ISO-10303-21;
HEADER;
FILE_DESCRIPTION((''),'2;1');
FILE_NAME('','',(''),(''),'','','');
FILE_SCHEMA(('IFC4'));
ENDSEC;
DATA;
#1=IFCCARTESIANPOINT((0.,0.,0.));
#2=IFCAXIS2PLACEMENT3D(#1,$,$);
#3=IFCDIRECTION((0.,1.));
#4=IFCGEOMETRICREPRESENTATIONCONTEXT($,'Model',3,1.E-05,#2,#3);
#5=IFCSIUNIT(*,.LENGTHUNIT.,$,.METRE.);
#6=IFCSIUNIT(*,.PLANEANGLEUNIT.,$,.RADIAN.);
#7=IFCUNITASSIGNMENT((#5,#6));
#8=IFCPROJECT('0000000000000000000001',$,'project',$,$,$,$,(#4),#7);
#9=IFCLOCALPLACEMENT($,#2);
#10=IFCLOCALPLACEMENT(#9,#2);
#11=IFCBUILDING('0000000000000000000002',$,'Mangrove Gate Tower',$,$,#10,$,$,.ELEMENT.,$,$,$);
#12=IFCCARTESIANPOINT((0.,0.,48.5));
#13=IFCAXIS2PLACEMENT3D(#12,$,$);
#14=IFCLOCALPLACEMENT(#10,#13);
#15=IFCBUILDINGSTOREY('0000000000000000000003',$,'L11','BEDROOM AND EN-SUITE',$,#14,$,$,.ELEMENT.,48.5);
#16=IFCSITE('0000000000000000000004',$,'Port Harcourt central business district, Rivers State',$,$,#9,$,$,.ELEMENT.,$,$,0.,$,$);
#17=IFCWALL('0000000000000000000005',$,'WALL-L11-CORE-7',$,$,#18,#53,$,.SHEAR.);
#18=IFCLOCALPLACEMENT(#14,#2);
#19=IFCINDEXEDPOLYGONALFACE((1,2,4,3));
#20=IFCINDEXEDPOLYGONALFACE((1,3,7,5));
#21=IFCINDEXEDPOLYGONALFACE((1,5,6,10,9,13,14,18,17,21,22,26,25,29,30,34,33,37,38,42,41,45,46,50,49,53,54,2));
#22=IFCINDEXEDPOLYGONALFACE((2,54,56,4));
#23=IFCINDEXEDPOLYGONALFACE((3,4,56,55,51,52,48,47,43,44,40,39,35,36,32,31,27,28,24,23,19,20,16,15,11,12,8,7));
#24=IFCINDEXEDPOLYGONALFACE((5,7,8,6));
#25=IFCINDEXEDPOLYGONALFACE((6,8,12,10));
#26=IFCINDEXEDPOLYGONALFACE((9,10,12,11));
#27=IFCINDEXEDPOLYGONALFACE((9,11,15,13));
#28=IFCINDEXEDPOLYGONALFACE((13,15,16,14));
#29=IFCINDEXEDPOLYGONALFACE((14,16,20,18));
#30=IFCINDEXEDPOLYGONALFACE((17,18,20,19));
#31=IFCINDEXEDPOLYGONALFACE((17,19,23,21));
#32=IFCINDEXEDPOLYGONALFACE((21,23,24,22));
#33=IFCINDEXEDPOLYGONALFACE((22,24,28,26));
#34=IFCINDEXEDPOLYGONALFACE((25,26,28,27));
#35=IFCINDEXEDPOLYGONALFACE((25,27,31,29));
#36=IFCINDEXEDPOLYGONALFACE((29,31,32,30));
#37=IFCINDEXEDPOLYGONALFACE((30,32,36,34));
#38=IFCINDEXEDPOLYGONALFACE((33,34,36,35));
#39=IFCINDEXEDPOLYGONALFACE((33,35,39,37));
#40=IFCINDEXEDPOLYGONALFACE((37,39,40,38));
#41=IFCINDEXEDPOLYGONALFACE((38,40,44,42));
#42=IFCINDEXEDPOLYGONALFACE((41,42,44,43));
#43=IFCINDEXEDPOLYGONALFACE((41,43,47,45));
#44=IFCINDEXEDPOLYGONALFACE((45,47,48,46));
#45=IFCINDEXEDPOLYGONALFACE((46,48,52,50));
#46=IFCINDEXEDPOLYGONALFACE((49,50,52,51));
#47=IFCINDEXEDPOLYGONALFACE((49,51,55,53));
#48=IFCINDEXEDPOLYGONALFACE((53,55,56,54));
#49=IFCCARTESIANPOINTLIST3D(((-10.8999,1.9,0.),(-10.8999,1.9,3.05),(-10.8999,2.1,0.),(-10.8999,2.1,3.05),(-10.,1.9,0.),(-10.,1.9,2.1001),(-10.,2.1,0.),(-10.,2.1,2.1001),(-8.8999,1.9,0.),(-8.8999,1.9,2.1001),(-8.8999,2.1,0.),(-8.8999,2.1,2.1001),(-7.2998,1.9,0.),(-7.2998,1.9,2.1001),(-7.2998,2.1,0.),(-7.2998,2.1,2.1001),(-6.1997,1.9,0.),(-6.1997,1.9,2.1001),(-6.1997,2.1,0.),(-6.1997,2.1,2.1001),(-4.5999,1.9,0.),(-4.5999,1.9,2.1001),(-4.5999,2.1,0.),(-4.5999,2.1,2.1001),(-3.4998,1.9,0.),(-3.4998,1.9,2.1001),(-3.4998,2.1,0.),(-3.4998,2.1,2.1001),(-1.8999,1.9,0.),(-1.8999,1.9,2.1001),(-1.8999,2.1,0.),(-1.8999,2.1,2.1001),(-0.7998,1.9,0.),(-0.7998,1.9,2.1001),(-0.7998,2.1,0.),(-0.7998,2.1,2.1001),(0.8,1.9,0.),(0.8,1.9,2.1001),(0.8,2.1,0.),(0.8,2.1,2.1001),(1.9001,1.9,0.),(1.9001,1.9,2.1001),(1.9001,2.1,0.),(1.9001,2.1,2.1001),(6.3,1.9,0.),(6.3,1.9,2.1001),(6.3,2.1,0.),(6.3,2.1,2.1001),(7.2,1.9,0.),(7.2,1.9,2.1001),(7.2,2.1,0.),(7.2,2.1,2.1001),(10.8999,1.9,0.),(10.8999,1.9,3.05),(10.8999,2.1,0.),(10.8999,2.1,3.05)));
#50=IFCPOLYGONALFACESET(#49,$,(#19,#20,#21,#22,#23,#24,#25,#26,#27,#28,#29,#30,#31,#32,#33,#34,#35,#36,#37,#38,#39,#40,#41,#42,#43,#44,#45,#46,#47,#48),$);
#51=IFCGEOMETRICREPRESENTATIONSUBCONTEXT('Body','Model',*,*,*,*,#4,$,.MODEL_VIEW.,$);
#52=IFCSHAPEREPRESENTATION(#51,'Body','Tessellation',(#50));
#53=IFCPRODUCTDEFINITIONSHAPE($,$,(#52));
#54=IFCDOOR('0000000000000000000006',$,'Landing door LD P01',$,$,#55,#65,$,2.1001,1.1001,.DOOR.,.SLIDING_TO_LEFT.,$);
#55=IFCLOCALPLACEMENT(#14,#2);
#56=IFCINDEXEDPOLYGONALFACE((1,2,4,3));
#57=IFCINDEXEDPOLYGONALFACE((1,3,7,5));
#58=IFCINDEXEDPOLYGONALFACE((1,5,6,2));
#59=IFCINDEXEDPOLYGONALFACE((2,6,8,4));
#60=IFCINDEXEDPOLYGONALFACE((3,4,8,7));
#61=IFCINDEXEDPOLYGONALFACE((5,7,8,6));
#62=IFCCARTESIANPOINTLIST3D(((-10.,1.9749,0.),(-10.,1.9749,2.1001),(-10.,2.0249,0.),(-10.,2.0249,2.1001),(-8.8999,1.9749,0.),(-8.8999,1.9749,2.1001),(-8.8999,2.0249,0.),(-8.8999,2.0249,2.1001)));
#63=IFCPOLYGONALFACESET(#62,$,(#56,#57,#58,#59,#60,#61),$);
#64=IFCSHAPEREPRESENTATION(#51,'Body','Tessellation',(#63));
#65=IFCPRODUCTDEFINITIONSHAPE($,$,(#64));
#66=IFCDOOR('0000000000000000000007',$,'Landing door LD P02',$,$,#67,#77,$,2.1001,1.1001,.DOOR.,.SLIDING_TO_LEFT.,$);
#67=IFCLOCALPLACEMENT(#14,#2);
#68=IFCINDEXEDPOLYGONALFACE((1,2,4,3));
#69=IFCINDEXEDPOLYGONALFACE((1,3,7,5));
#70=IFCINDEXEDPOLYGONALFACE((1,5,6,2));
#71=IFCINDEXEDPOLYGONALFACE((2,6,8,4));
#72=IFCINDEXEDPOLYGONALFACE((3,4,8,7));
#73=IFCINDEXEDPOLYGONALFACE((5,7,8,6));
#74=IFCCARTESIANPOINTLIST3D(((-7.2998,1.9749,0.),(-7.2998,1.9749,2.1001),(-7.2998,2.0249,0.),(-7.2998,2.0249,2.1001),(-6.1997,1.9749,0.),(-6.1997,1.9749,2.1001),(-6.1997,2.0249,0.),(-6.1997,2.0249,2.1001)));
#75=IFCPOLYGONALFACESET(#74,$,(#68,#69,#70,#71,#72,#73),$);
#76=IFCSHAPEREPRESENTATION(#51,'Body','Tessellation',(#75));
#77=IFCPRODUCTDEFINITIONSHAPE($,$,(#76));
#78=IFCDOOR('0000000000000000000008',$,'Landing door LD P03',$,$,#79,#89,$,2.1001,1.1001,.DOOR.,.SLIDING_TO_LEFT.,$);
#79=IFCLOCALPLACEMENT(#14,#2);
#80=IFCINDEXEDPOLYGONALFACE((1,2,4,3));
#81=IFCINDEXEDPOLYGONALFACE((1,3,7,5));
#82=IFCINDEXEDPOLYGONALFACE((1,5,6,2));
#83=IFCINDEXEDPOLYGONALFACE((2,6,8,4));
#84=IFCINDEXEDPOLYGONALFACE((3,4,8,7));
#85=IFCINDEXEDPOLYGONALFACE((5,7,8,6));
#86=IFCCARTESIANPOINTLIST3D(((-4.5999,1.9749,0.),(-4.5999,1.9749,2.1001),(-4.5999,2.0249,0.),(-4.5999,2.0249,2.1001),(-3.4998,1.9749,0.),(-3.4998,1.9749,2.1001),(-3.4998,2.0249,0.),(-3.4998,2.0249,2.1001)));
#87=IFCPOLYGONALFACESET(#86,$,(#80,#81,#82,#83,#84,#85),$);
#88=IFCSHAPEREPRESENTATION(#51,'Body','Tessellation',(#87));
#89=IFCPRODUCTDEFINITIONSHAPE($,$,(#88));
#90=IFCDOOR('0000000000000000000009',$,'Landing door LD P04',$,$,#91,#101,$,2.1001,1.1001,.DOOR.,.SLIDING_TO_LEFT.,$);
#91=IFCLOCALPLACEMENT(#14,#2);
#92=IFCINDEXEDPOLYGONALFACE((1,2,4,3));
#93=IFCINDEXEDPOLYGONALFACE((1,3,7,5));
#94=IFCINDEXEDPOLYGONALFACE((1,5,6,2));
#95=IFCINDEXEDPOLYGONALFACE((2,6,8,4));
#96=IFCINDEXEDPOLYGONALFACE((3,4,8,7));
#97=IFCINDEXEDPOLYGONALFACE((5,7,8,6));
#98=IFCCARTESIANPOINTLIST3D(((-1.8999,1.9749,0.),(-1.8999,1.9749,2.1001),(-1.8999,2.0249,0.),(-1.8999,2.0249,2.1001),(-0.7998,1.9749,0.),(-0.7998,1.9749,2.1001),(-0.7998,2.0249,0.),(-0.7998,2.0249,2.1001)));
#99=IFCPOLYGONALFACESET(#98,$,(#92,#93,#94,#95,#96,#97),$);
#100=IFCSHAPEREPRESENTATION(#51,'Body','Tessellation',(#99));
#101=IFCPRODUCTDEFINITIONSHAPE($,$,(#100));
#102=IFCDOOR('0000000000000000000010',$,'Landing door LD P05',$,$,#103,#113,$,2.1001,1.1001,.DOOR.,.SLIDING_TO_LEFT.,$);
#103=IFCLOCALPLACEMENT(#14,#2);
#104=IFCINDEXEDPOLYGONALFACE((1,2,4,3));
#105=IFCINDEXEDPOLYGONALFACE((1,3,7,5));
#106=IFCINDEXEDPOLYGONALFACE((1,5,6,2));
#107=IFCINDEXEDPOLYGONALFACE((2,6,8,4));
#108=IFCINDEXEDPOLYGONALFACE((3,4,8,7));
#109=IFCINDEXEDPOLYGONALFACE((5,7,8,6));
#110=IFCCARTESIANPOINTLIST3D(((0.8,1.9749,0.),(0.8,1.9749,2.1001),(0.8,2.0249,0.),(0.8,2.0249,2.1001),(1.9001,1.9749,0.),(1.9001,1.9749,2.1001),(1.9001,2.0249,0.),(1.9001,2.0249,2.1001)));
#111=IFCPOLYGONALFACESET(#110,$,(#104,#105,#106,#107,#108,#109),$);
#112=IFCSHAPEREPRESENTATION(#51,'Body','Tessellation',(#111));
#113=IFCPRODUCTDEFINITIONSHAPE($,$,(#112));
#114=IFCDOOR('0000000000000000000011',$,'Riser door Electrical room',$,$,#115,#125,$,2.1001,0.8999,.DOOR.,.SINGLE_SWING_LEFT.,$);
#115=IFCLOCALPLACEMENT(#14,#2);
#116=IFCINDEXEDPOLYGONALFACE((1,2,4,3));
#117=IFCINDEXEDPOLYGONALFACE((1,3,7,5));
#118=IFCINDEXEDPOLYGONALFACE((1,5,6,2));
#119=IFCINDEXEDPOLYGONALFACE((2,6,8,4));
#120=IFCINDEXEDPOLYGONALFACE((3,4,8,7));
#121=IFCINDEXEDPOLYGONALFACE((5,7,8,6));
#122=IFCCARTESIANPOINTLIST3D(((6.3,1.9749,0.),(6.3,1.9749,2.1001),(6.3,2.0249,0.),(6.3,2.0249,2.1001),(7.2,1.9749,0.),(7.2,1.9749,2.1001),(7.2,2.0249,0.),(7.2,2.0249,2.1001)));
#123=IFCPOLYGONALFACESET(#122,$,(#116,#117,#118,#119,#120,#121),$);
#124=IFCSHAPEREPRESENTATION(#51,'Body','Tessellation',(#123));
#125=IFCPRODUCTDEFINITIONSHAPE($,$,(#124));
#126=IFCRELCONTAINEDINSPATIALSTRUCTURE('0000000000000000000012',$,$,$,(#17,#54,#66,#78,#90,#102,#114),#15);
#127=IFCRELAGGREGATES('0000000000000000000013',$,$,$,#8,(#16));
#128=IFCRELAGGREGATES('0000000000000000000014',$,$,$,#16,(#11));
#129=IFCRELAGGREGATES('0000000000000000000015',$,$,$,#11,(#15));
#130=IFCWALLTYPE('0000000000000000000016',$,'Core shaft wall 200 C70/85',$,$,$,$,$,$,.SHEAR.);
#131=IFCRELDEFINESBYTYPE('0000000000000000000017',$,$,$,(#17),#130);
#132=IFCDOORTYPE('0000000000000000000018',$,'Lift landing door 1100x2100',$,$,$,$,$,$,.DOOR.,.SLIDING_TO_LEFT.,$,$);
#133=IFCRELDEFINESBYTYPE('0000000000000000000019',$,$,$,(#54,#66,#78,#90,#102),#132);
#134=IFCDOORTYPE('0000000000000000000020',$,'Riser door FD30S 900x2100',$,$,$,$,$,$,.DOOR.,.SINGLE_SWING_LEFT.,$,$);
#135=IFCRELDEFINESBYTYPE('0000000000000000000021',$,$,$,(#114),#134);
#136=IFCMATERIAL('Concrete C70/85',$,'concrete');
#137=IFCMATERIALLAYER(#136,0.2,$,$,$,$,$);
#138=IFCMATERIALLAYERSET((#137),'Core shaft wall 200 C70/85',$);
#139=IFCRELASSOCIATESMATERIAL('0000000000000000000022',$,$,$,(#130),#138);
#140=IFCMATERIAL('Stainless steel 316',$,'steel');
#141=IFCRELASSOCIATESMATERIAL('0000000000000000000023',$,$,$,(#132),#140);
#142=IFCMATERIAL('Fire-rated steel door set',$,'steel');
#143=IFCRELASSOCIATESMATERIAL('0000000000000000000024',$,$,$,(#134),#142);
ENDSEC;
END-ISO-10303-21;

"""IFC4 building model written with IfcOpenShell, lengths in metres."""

from ifc_helpers import new_model, si_unit, direction, frame, frame_2d, origin, place, context, subcontext, project, spatial, rectangle, extrude, material, layer, layer_set, type_object, element, fill, save


model = new_model("IFC4")

# Units and contexts
model_context = context("Model", 3, precision=1e-05, world=origin(), true_north=direction((0.0, 1.0)))
body_context = subcontext(model_context, "Body", "Model", "MODEL_VIEW")
ifc_project = project(units=[si_unit("LENGTHUNIT", "METRE"), si_unit("PLANEANGLEUNIT", "RADIAN")], contexts=[model_context])

# Site, building, storey
site_placement = place(None, origin())
site = spatial("IfcSite", under=ifc_project, at=site_placement, Name="Port Harcourt central business district, Rivers State", CompositionType="ELEMENT", RefElevation=0.0)
building_placement = place(site_placement, origin())
building = spatial("IfcBuilding", under=site, at=building_placement, Name="Mangrove Gate Tower", CompositionType="ELEMENT")
storey_placement = place(building_placement, frame((0.0, 0.0, 48.5)))
storey = spatial("IfcBuildingStorey", under=building, at=storey_placement, Name="L11", Description="BEDROOM AND EN-SUITE", CompositionType="ELEMENT", Elevation=48.5)

# Wall, openings, doors
ifc_material_1 = material(Name="Concrete C70/85", Category="concrete")
ifc_layer = layer(ifc_material_1, 0.2)
ifc_layer_set = layer_set([ifc_layer], Name="Core shaft wall 200 C70/85")
wall_type = type_object("IfcWallType", Name="Core shaft wall 200 C70/85", PredefinedType="SHEAR", material=ifc_layer_set)
wall_1_placement = place(storey_placement, frame((-10.8999, 2.0, 0.0), z_axis=(0.0, 0.0, 1.0), x_axis=(1.0, 0.0, 0.0)))
wall_1 = element("IfcWall", 1, at=wall_1_placement, inside=storey, type_object=wall_type, Name="WALL-L11-CORE-7", PredefinedType="SHEAR", context=body_context, shape_type="SweptSolid", body=[
    extrude(rectangle(XDim=21.7998, YDim=0.2, at=frame_2d((10.8999, 0.0))), origin(), (0.0, 0.0, 1.0), 3.05),
])
opening_1_placement = place(wall_1_placement, frame((0.8999, 0.0, 0.0)))
opening_1 = element("IfcOpeningElement", 2, at=opening_1_placement, cuts=wall_1, PredefinedType="OPENING", context=body_context, shape_type="SweptSolid", body=[
    extrude(rectangle(XDim=1.1001, YDim=2.1001, at=frame_2d((0.55, 1.05))), frame((0.0, 0.1099, 0.0), z_axis=(0.0, -1.0, 0.0), x_axis=(1.0, 0.0, 0.0)), (0.0, 0.0, 1.0), 0.22),
])
opening_2_placement = place(wall_1_placement, frame((3.6001, 0.0, 0.0)))
opening_2 = element("IfcOpeningElement", 3, at=opening_2_placement, cuts=wall_1, PredefinedType="OPENING", context=body_context, shape_type="SweptSolid", body=[
    extrude(rectangle(XDim=1.1001, YDim=2.1001, at=frame_2d((0.55, 1.05))), frame((0.0, 0.1099, 0.0), z_axis=(0.0, -1.0, 0.0), x_axis=(1.0, 0.0, 0.0)), (0.0, 0.0, 1.0), 0.22),
])
opening_3_placement = place(wall_1_placement, frame((6.3, 0.0, 0.0)))
opening_3 = element("IfcOpeningElement", 4, at=opening_3_placement, cuts=wall_1, PredefinedType="OPENING", context=body_context, shape_type="SweptSolid", body=[
    extrude(rectangle(XDim=1.1001, YDim=2.1001, at=frame_2d((0.55, 1.05))), frame((0.0, 0.1099, 0.0), z_axis=(0.0, -1.0, 0.0), x_axis=(1.0, 0.0, 0.0)), (0.0, 0.0, 1.0), 0.22),
])
opening_4_placement = place(wall_1_placement, frame((9.0, 0.0, 0.0)))
opening_4 = element("IfcOpeningElement", 5, at=opening_4_placement, cuts=wall_1, PredefinedType="OPENING", context=body_context, shape_type="SweptSolid", body=[
    extrude(rectangle(XDim=1.1001, YDim=2.1001, at=frame_2d((0.55, 1.05))), frame((0.0, 0.1099, 0.0), z_axis=(0.0, -1.0, 0.0), x_axis=(1.0, 0.0, 0.0)), (0.0, 0.0, 1.0), 0.22),
])
opening_5_placement = place(wall_1_placement, frame((11.7, 0.0, 0.0)))
opening_5 = element("IfcOpeningElement", 6, at=opening_5_placement, cuts=wall_1, PredefinedType="OPENING", context=body_context, shape_type="SweptSolid", body=[
    extrude(rectangle(XDim=1.1001, YDim=2.1001, at=frame_2d((0.55, 1.05))), frame((0.0, 0.1099, 0.0), z_axis=(0.0, -1.0, 0.0), x_axis=(1.0, 0.0, 0.0)), (0.0, 0.0, 1.0), 0.22),
])
opening_6_placement = place(wall_1_placement, frame((17.2, 0.0, 0.0)))
opening_6 = element("IfcOpeningElement", 7, at=opening_6_placement, cuts=wall_1, PredefinedType="OPENING", context=body_context, shape_type="SweptSolid", body=[
    extrude(rectangle(XDim=0.8999, YDim=2.1001, at=frame_2d((0.45, 1.05))), frame((0.0, 0.1099, 0.0), z_axis=(0.0, -1.0, 0.0), x_axis=(1.0, 0.0, 0.0)), (0.0, 0.0, 1.0), 0.22),
])
ifc_material_2 = material(Name="Stainless steel 316", Category="steel")
door_type_1 = type_object("IfcDoorType", Name="Lift landing door 1100x2100", OperationType="SLIDING_TO_LEFT", PredefinedType="DOOR", material=ifc_material_2)
door_1_placement = place(opening_1_placement, origin())
door_1 = element("IfcDoor", 8, at=door_1_placement, inside=storey, type_object=door_type_1, Name="Landing door LD P01", OperationType="SLIDING_TO_LEFT", OverallHeight=2.1001, OverallWidth=1.1001, PredefinedType="DOOR", context=body_context, shape_type="SweptSolid", body=[
    extrude(rectangle(XDim=1.1001, YDim=2.1001, at=frame_2d((0.55, 1.05))), frame((0.0, 0.0249, 0.0), z_axis=(0.0, -1.0, 0.0), x_axis=(1.0, 0.0, 0.0)), (0.0, 0.0, 1.0), 0.05),
])
fill(opening_1, door_1)
door_2_placement = place(opening_2_placement, origin())
door_2 = element("IfcDoor", 9, at=door_2_placement, inside=storey, type_object=door_type_1, Name="Landing door LD P02", OperationType="SLIDING_TO_LEFT", OverallHeight=2.1001, OverallWidth=1.1001, PredefinedType="DOOR", context=body_context, shape_type="SweptSolid", body=[
    extrude(rectangle(XDim=1.1001, YDim=2.1001, at=frame_2d((0.55, 1.05))), frame((0.0, 0.0249, 0.0), z_axis=(0.0, -1.0, 0.0), x_axis=(1.0, 0.0, 0.0)), (0.0, 0.0, 1.0), 0.05),
])
fill(opening_2, door_2)
door_3_placement = place(opening_3_placement, origin())
door_3 = element("IfcDoor", 10, at=door_3_placement, inside=storey, type_object=door_type_1, Name="Landing door LD P03", OperationType="SLIDING_TO_LEFT", OverallHeight=2.1001, OverallWidth=1.1001, PredefinedType="DOOR", context=body_context, shape_type="SweptSolid", body=[
    extrude(rectangle(XDim=1.1001, YDim=2.1001, at=frame_2d((0.55, 1.05))), frame((0.0, 0.0249, 0.0), z_axis=(0.0, -1.0, 0.0), x_axis=(1.0, 0.0, 0.0)), (0.0, 0.0, 1.0), 0.05),
])
fill(opening_3, door_3)
door_4_placement = place(opening_4_placement, origin())
door_4 = element("IfcDoor", 11, at=door_4_placement, inside=storey, type_object=door_type_1, Name="Landing door LD P04", OperationType="SLIDING_TO_LEFT", OverallHeight=2.1001, OverallWidth=1.1001, PredefinedType="DOOR", context=body_context, shape_type="SweptSolid", body=[
    extrude(rectangle(XDim=1.1001, YDim=2.1001, at=frame_2d((0.55, 1.05))), frame((0.0, 0.0249, 0.0), z_axis=(0.0, -1.0, 0.0), x_axis=(1.0, 0.0, 0.0)), (0.0, 0.0, 1.0), 0.05),
])
fill(opening_4, door_4)
door_5_placement = place(opening_5_placement, origin())
door_5 = element("IfcDoor", 12, at=door_5_placement, inside=storey, type_object=door_type_1, Name="Landing door LD P05", OperationType="SLIDING_TO_LEFT", OverallHeight=2.1001, OverallWidth=1.1001, PredefinedType="DOOR", context=body_context, shape_type="SweptSolid", body=[
    extrude(rectangle(XDim=1.1001, YDim=2.1001, at=frame_2d((0.55, 1.05))), frame((0.0, 0.0249, 0.0), z_axis=(0.0, -1.0, 0.0), x_axis=(1.0, 0.0, 0.0)), (0.0, 0.0, 1.0), 0.05),
])
fill(opening_5, door_5)
ifc_material_3 = material(Name="Fire-rated steel door set", Category="steel")
door_type_2 = type_object("IfcDoorType", Name="Riser door FD30S 900x2100", OperationType="SINGLE_SWING_LEFT", PredefinedType="DOOR", material=ifc_material_3)
door_6_placement = place(opening_6_placement, origin())
door_6 = element("IfcDoor", 13, at=door_6_placement, inside=storey, type_object=door_type_2, Name="Riser door Electrical room", OperationType="SINGLE_SWING_LEFT", OverallHeight=2.1001, OverallWidth=0.8999, PredefinedType="DOOR", context=body_context, shape_type="SweptSolid", body=[
    extrude(rectangle(XDim=0.8999, YDim=2.1001, at=frame_2d((0.45, 1.05))), frame((0.0, 0.0249, 0.0), z_axis=(0.0, -1.0, 0.0), x_axis=(1.0, 0.0, 0.0)), (0.0, 0.0, 1.0), 0.05),
])
fill(opening_6, door_6)

save(model, "model.ifc")
